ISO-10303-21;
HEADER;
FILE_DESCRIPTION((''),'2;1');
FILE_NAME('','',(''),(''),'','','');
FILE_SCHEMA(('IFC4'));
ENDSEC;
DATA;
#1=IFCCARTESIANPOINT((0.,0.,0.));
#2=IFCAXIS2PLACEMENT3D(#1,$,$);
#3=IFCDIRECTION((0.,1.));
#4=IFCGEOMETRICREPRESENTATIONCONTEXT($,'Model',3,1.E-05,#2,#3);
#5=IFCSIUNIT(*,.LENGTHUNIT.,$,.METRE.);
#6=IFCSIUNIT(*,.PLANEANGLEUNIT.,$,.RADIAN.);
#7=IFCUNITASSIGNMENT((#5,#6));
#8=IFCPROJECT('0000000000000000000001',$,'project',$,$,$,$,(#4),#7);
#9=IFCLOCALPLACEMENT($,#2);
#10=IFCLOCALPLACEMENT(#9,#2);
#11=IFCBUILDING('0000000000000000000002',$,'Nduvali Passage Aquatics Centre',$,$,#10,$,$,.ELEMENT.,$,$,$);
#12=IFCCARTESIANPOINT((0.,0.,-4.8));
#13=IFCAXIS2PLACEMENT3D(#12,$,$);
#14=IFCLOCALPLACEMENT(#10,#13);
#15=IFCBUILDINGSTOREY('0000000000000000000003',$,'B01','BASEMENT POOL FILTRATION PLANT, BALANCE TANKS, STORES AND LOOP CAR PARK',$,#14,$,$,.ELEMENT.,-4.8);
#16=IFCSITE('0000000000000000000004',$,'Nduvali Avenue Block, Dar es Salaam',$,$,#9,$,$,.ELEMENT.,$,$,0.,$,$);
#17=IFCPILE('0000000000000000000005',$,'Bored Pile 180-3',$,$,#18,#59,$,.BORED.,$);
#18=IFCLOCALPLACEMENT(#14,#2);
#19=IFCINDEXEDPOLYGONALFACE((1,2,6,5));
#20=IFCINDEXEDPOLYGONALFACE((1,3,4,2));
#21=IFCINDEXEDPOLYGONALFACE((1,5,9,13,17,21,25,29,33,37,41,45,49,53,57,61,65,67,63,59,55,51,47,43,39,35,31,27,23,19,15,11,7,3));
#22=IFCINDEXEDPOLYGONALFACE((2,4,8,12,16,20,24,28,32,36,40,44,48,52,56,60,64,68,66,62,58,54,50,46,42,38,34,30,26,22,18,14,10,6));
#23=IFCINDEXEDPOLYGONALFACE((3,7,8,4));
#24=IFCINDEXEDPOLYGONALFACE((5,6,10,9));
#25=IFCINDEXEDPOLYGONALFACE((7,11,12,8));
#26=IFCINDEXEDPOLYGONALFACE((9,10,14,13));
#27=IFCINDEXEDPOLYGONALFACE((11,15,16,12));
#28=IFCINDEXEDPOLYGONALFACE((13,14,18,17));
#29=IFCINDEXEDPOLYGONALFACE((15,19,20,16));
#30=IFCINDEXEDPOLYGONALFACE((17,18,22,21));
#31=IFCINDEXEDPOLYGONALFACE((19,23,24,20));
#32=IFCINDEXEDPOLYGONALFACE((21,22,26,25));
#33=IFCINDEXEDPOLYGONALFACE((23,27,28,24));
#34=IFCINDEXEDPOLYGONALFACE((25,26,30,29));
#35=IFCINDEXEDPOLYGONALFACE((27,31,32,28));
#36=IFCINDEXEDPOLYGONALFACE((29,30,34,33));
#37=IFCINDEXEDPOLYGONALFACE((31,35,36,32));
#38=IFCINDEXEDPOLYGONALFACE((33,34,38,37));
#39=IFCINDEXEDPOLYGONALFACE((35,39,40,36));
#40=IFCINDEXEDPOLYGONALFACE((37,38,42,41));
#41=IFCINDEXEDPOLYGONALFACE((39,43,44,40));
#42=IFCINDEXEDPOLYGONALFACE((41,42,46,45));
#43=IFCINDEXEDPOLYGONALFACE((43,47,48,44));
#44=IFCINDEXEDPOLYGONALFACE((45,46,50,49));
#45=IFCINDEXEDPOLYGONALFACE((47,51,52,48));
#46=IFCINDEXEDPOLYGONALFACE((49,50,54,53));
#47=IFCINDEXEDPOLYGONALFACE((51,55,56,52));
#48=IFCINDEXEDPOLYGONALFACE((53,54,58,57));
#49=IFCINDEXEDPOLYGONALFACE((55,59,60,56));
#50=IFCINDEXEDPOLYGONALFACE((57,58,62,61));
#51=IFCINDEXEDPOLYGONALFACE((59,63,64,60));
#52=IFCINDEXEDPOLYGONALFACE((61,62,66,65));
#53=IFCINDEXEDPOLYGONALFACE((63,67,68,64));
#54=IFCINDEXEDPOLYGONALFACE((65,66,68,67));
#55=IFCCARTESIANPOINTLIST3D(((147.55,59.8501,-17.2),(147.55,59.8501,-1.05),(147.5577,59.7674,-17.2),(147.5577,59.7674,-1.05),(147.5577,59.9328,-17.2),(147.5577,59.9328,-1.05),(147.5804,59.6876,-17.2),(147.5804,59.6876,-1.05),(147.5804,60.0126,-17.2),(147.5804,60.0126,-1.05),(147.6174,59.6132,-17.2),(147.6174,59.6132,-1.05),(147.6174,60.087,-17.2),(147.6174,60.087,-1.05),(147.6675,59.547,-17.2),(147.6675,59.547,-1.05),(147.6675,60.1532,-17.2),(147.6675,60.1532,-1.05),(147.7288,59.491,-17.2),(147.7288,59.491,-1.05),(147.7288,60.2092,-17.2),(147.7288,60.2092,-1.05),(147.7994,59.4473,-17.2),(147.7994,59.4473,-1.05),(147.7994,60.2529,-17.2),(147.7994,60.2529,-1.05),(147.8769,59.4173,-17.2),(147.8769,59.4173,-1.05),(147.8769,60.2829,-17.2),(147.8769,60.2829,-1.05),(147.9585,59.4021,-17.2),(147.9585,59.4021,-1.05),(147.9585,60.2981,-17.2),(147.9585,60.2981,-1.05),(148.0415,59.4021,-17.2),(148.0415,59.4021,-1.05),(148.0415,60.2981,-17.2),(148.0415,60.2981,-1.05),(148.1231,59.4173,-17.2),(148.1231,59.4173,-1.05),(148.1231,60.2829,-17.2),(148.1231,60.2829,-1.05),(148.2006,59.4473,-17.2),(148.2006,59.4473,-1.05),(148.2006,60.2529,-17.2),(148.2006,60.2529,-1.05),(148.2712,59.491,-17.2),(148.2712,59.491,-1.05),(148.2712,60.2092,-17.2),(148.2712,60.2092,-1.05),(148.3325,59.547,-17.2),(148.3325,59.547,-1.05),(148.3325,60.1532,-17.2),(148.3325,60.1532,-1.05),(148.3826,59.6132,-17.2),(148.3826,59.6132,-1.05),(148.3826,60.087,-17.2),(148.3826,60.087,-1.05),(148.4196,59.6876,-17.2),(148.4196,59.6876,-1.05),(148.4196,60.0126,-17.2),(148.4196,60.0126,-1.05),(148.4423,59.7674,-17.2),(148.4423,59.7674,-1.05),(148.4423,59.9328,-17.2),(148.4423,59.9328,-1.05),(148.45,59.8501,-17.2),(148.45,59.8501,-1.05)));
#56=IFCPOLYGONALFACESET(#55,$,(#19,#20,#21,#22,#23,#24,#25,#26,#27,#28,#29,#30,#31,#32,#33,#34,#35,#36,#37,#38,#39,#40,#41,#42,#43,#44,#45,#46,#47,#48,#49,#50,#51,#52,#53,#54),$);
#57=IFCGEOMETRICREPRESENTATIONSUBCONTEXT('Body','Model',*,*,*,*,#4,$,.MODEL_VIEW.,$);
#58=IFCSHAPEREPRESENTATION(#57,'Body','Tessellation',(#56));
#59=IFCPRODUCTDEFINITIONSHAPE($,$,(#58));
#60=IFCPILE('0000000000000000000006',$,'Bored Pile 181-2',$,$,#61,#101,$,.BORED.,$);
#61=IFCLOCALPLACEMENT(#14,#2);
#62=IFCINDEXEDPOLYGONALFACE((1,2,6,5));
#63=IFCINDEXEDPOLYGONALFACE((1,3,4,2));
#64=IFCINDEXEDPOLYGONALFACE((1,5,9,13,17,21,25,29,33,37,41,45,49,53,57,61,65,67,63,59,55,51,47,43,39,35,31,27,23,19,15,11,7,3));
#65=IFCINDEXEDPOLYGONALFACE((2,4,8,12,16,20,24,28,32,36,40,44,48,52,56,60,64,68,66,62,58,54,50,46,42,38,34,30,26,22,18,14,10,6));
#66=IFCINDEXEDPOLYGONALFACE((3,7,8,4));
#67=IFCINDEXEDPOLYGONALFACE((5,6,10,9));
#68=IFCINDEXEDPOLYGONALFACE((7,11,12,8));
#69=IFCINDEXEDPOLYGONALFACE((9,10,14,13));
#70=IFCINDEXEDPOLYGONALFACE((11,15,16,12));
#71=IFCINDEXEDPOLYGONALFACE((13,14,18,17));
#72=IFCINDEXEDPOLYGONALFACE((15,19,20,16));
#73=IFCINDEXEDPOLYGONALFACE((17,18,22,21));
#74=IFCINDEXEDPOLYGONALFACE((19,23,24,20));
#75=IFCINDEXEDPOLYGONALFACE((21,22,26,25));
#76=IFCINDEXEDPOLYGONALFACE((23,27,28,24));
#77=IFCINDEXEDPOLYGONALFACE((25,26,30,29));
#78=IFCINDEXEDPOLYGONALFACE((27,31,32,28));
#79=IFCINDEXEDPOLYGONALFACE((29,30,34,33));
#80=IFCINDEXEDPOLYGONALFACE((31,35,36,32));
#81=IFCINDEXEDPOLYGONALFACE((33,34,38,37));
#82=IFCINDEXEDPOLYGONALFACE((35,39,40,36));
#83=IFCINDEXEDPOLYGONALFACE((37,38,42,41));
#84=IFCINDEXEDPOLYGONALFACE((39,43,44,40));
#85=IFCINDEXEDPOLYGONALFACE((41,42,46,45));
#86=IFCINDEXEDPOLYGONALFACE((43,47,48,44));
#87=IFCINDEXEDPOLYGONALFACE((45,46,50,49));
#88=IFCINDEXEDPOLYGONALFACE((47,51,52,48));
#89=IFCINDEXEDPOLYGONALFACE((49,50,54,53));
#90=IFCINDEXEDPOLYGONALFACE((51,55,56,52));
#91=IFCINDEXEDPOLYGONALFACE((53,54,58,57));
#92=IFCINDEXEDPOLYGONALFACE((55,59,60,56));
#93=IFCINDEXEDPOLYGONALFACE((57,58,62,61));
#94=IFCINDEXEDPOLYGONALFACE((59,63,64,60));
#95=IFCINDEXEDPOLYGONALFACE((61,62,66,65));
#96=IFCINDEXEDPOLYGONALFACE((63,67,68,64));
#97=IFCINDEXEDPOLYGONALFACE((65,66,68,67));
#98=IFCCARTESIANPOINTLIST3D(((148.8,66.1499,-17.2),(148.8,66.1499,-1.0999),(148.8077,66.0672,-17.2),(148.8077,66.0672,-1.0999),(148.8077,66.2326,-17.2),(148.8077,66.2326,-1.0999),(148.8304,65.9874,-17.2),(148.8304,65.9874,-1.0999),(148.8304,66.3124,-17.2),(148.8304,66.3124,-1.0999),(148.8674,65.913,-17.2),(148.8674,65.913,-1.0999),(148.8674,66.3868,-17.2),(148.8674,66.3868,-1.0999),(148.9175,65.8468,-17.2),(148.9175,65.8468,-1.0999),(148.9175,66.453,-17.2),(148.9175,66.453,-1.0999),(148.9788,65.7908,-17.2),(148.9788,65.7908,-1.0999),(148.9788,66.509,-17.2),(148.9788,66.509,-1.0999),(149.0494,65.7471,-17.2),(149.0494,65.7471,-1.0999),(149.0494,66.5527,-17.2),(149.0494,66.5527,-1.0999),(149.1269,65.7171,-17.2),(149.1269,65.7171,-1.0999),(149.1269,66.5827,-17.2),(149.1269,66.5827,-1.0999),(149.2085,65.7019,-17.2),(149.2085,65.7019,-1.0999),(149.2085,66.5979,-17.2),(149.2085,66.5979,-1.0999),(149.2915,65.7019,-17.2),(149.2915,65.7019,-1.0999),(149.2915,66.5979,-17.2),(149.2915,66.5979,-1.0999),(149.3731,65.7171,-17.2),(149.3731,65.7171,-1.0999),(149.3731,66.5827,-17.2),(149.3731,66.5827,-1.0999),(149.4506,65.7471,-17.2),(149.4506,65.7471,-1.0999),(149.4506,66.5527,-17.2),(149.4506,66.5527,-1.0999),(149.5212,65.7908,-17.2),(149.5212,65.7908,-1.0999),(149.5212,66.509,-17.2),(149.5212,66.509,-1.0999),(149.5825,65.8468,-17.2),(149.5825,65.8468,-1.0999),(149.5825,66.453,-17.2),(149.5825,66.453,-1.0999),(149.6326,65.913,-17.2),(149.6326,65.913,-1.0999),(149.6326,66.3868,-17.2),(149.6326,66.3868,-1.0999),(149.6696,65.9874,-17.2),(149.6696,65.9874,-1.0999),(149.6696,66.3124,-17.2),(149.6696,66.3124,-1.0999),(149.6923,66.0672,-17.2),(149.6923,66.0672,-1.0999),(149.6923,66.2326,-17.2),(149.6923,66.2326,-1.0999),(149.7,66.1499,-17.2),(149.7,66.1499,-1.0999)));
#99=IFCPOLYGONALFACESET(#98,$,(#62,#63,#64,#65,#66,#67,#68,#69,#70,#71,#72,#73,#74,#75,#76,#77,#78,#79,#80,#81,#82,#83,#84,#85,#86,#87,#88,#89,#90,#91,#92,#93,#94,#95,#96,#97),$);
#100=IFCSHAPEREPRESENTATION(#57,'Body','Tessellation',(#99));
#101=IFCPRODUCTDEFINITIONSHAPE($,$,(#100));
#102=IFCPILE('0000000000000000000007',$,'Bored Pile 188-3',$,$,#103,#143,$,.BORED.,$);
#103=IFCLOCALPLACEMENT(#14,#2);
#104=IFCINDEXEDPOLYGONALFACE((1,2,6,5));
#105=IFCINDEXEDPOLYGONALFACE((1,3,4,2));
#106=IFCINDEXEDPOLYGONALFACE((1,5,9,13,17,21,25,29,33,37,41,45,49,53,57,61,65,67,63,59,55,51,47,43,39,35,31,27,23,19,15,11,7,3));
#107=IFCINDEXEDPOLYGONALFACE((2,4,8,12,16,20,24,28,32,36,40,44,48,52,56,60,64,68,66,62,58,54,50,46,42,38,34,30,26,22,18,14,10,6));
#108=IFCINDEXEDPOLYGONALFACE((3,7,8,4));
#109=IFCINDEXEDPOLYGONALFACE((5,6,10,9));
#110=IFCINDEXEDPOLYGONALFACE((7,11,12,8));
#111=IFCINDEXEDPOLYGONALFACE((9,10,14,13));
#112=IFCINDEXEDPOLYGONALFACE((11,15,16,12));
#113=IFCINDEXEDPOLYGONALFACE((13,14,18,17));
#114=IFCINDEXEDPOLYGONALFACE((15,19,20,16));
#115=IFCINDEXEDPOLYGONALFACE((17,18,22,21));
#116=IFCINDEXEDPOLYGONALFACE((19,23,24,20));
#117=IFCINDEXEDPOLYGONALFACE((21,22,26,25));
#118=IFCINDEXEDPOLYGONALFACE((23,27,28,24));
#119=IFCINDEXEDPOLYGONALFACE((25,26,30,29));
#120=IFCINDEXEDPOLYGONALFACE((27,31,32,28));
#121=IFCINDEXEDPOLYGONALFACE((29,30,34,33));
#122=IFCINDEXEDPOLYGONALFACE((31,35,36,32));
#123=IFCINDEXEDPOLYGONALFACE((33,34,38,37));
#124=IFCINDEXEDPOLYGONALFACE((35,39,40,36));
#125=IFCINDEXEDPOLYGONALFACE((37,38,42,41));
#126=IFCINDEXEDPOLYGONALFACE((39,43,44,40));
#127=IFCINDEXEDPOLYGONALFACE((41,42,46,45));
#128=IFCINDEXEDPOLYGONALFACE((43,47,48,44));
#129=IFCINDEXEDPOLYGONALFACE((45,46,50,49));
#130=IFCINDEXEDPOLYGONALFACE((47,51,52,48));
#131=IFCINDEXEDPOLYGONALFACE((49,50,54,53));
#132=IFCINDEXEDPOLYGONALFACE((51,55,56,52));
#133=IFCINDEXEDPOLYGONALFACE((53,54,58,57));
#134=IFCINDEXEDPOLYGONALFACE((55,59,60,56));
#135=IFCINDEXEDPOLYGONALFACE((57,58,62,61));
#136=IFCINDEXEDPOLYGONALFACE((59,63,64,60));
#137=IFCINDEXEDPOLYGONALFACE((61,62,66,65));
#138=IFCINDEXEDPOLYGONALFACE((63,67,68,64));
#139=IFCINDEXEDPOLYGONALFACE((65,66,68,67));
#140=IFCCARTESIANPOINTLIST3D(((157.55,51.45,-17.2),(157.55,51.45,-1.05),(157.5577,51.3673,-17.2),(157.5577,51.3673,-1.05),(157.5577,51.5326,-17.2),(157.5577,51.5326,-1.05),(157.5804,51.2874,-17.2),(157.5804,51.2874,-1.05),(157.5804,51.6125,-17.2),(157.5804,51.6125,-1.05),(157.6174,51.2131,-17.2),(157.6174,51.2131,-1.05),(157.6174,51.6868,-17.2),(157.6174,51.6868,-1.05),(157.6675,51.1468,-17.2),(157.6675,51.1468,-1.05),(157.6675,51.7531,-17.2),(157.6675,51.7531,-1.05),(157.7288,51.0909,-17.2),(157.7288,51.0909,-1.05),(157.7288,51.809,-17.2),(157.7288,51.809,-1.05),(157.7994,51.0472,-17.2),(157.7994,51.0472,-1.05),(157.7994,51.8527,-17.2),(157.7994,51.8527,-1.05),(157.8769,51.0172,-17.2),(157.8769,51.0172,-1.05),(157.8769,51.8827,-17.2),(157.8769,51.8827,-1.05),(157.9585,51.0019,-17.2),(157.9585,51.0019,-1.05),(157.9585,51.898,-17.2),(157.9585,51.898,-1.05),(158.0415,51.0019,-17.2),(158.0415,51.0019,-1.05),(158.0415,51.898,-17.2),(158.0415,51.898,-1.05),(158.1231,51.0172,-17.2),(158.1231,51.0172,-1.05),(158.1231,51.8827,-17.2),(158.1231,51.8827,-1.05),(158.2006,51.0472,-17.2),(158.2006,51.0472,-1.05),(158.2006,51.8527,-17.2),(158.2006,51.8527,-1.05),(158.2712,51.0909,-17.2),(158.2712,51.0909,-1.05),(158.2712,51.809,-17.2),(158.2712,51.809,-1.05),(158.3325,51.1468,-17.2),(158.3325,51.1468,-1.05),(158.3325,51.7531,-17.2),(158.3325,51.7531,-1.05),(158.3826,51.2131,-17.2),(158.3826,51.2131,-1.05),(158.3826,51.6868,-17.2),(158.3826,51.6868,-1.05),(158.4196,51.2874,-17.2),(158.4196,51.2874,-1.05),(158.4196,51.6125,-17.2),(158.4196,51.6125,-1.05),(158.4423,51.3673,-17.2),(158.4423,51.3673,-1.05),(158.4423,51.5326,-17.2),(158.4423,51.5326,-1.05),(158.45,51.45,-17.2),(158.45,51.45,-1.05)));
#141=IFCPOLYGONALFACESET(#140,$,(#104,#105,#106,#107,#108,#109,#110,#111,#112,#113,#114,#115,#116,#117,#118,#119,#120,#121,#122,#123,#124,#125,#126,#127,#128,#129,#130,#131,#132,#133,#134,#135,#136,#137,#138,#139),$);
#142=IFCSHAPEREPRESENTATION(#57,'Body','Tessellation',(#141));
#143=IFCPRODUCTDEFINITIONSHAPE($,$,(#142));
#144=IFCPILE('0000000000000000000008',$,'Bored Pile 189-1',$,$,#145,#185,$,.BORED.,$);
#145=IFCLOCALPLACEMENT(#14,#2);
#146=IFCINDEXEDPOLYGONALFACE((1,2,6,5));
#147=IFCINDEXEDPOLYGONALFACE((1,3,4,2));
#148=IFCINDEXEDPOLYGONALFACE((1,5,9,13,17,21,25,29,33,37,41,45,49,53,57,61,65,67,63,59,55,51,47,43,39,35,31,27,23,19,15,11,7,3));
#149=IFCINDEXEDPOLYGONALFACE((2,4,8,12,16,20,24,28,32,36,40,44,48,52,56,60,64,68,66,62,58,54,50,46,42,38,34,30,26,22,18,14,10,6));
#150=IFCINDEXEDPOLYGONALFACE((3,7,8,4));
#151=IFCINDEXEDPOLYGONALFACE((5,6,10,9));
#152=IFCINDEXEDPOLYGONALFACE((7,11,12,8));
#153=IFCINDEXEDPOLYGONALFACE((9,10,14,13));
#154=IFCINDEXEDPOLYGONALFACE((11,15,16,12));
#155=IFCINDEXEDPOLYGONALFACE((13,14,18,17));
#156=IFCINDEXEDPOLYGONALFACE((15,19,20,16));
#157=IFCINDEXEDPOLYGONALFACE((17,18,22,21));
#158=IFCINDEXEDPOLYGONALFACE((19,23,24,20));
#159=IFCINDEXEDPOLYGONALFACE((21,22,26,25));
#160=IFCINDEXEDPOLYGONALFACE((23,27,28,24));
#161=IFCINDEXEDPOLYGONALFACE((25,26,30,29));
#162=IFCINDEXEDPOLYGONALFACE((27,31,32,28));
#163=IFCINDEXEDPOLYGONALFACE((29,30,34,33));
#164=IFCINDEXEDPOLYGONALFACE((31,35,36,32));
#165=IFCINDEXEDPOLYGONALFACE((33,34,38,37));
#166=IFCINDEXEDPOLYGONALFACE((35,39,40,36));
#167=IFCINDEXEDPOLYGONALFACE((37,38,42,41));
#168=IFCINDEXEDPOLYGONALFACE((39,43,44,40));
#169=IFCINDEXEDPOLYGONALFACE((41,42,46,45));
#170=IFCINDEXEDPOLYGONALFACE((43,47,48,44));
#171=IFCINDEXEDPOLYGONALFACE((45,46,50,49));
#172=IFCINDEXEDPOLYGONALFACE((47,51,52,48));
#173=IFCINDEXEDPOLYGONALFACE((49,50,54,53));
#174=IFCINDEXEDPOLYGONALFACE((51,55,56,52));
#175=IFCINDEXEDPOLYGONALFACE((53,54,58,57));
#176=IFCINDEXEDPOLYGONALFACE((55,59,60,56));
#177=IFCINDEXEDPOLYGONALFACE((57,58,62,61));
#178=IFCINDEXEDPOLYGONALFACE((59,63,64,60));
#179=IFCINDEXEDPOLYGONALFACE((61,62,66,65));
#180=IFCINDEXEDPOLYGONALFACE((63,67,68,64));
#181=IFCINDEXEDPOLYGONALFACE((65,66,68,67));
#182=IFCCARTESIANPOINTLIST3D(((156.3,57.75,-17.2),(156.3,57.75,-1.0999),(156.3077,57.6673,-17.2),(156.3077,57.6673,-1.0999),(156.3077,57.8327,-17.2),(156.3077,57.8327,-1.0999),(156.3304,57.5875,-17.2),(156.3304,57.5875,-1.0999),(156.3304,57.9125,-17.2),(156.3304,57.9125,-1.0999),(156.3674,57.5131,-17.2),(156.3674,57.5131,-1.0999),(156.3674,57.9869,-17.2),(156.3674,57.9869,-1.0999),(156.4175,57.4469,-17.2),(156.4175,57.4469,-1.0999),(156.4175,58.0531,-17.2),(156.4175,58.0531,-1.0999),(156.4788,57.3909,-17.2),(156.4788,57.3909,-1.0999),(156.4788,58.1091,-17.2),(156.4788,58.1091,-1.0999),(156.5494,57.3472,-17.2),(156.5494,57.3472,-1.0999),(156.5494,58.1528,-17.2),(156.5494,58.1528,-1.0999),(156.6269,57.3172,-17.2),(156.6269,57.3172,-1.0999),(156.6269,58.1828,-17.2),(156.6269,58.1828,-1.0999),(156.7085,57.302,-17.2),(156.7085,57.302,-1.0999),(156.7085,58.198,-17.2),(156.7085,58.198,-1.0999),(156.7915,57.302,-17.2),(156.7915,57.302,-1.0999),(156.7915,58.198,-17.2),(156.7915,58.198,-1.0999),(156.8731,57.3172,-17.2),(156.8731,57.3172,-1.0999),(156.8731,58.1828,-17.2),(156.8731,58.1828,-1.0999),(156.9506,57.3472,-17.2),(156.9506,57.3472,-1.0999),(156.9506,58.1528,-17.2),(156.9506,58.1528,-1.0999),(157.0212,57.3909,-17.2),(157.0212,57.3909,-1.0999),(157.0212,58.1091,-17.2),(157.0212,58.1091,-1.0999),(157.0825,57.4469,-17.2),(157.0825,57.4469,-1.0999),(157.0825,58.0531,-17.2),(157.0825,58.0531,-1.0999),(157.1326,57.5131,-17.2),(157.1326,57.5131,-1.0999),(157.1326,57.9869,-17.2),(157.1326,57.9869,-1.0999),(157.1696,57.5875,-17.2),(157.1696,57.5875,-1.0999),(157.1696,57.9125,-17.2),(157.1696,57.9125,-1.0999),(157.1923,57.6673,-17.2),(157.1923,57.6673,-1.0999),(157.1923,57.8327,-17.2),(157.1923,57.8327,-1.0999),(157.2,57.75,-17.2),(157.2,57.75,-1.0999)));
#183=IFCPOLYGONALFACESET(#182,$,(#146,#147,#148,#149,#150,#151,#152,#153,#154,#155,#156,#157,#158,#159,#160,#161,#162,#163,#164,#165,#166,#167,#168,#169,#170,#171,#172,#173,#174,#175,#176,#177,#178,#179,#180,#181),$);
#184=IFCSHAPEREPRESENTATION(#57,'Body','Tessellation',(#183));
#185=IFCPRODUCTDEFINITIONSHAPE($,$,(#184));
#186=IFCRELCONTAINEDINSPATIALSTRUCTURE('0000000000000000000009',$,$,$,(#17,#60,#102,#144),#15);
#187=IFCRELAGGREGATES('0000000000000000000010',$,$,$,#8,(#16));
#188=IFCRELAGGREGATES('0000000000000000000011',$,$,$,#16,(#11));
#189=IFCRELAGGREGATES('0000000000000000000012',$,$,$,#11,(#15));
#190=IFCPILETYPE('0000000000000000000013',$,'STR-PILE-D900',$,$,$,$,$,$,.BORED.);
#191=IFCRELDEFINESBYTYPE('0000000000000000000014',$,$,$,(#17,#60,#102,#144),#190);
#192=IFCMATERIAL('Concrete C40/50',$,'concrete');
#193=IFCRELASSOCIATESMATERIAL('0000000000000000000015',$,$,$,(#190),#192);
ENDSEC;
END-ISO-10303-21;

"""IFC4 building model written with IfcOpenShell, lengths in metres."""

from ifc_helpers import new_model, si_unit, direction, frame, origin, origin_2d, place, context, subcontext, project, spatial, circle, extrude, material, material_profile, profile_set, type_object, element, save


model = new_model("IFC4")

# Units and contexts
model_context = context("Model", 3, precision=1e-05, world=origin(), true_north=direction((0.0, 1.0)))
body_context = subcontext(model_context, "Body", "Model", "MODEL_VIEW")
ifc_project = project(units=[si_unit("LENGTHUNIT", "METRE"), si_unit("PLANEANGLEUNIT", "RADIAN")], contexts=[model_context])

# Site, building, storey
site_placement = place(None, origin())
site = spatial("IfcSite", under=ifc_project, at=site_placement, Name="Nduvali Avenue Block, Dar es Salaam", CompositionType="ELEMENT", RefElevation=0.0)
building_placement = place(site_placement, origin())
building = spatial("IfcBuilding", under=site, at=building_placement, Name="Nduvali Passage Aquatics Centre", CompositionType="ELEMENT")
storey_placement = place(building_placement, frame((0.0, 0.0, -4.8)))
storey = spatial("IfcBuildingStorey", under=building, at=storey_placement, Name="B01", Description="BASEMENT POOL FILTRATION PLANT, BALANCE TANKS, STORES AND LOOP CAR PARK", CompositionType="ELEMENT", Elevation=-4.8)

# Shared definitions
ifc_material = material(Name="Concrete C40/50", Category="concrete")

# Piles
ifc_material_profile_1 = material_profile(ifc_material, circle(Radius=0.45, at=origin_2d()), Name="PILE D900")
ifc_profile_set_1 = profile_set([ifc_material_profile_1], Name="Concrete C40/50")
pile_type = type_object("IfcPileType", Name="STR-PILE-D900", PredefinedType="BORED", material=ifc_profile_set_1)
for number, where, z_axis, x_axis, name in (
    (1, (148.0, 59.8501, -1.05), (0.0, 0.0, -1.0), (1.0, 0.0, 0.0), "Bored Pile 180-3"),
):
    element("IfcPile", number, at=place(storey_placement, frame(where, z_axis=z_axis, x_axis=x_axis)), inside=storey, type_object=pile_type, Name=name, PredefinedType="BORED", context=body_context, shape_type="SweptSolid", body=[
        extrude(circle(Radius=0.45, at=origin_2d()), origin(), (0.0, 0.0, 1.0), 16.1499),
    ])
pile_1_placement = place(storey_placement, frame((149.25, 66.1499, -1.0999), z_axis=(0.0, 0.0, -1.0), x_axis=(1.0, 0.0, 0.0)))
element("IfcPile", 2, at=pile_1_placement, inside=storey, type_object=pile_type, Name="Bored Pile 181-2", PredefinedType="BORED", context=body_context, shape_type="SweptSolid", body=[
    extrude(circle(Radius=0.45, at=origin_2d()), origin(), (0.0, 0.0, 1.0), 16.1001),
])
pile_2_placement = place(storey_placement, frame((158.0, 51.45, -1.05), z_axis=(0.0, 0.0, -1.0), x_axis=(1.0, 0.0, 0.0)))
element("IfcPile", 3, at=pile_2_placement, inside=storey, type_object=pile_type, Name="Bored Pile 188-3", PredefinedType="BORED", context=body_context, shape_type="SweptSolid", body=[
    extrude(circle(Radius=0.45, at=origin_2d()), origin(), (0.0, 0.0, 1.0), 16.1499),
])
for number, where, z_axis, x_axis, name in (
    (4, (156.75, 57.75, -1.0999), (0.0, 0.0, -1.0), (1.0, 0.0, 0.0), "Bored Pile 189-1"),
):
    element("IfcPile", number, at=place(storey_placement, frame(where, z_axis=z_axis, x_axis=x_axis)), inside=storey, type_object=pile_type, Name=name, PredefinedType="BORED", context=body_context, shape_type="SweptSolid", body=[
        extrude(circle(Radius=0.45, at=origin_2d()), origin(), (0.0, 0.0, 1.0), 16.1001),
    ])

save(model, "model.ifc")
